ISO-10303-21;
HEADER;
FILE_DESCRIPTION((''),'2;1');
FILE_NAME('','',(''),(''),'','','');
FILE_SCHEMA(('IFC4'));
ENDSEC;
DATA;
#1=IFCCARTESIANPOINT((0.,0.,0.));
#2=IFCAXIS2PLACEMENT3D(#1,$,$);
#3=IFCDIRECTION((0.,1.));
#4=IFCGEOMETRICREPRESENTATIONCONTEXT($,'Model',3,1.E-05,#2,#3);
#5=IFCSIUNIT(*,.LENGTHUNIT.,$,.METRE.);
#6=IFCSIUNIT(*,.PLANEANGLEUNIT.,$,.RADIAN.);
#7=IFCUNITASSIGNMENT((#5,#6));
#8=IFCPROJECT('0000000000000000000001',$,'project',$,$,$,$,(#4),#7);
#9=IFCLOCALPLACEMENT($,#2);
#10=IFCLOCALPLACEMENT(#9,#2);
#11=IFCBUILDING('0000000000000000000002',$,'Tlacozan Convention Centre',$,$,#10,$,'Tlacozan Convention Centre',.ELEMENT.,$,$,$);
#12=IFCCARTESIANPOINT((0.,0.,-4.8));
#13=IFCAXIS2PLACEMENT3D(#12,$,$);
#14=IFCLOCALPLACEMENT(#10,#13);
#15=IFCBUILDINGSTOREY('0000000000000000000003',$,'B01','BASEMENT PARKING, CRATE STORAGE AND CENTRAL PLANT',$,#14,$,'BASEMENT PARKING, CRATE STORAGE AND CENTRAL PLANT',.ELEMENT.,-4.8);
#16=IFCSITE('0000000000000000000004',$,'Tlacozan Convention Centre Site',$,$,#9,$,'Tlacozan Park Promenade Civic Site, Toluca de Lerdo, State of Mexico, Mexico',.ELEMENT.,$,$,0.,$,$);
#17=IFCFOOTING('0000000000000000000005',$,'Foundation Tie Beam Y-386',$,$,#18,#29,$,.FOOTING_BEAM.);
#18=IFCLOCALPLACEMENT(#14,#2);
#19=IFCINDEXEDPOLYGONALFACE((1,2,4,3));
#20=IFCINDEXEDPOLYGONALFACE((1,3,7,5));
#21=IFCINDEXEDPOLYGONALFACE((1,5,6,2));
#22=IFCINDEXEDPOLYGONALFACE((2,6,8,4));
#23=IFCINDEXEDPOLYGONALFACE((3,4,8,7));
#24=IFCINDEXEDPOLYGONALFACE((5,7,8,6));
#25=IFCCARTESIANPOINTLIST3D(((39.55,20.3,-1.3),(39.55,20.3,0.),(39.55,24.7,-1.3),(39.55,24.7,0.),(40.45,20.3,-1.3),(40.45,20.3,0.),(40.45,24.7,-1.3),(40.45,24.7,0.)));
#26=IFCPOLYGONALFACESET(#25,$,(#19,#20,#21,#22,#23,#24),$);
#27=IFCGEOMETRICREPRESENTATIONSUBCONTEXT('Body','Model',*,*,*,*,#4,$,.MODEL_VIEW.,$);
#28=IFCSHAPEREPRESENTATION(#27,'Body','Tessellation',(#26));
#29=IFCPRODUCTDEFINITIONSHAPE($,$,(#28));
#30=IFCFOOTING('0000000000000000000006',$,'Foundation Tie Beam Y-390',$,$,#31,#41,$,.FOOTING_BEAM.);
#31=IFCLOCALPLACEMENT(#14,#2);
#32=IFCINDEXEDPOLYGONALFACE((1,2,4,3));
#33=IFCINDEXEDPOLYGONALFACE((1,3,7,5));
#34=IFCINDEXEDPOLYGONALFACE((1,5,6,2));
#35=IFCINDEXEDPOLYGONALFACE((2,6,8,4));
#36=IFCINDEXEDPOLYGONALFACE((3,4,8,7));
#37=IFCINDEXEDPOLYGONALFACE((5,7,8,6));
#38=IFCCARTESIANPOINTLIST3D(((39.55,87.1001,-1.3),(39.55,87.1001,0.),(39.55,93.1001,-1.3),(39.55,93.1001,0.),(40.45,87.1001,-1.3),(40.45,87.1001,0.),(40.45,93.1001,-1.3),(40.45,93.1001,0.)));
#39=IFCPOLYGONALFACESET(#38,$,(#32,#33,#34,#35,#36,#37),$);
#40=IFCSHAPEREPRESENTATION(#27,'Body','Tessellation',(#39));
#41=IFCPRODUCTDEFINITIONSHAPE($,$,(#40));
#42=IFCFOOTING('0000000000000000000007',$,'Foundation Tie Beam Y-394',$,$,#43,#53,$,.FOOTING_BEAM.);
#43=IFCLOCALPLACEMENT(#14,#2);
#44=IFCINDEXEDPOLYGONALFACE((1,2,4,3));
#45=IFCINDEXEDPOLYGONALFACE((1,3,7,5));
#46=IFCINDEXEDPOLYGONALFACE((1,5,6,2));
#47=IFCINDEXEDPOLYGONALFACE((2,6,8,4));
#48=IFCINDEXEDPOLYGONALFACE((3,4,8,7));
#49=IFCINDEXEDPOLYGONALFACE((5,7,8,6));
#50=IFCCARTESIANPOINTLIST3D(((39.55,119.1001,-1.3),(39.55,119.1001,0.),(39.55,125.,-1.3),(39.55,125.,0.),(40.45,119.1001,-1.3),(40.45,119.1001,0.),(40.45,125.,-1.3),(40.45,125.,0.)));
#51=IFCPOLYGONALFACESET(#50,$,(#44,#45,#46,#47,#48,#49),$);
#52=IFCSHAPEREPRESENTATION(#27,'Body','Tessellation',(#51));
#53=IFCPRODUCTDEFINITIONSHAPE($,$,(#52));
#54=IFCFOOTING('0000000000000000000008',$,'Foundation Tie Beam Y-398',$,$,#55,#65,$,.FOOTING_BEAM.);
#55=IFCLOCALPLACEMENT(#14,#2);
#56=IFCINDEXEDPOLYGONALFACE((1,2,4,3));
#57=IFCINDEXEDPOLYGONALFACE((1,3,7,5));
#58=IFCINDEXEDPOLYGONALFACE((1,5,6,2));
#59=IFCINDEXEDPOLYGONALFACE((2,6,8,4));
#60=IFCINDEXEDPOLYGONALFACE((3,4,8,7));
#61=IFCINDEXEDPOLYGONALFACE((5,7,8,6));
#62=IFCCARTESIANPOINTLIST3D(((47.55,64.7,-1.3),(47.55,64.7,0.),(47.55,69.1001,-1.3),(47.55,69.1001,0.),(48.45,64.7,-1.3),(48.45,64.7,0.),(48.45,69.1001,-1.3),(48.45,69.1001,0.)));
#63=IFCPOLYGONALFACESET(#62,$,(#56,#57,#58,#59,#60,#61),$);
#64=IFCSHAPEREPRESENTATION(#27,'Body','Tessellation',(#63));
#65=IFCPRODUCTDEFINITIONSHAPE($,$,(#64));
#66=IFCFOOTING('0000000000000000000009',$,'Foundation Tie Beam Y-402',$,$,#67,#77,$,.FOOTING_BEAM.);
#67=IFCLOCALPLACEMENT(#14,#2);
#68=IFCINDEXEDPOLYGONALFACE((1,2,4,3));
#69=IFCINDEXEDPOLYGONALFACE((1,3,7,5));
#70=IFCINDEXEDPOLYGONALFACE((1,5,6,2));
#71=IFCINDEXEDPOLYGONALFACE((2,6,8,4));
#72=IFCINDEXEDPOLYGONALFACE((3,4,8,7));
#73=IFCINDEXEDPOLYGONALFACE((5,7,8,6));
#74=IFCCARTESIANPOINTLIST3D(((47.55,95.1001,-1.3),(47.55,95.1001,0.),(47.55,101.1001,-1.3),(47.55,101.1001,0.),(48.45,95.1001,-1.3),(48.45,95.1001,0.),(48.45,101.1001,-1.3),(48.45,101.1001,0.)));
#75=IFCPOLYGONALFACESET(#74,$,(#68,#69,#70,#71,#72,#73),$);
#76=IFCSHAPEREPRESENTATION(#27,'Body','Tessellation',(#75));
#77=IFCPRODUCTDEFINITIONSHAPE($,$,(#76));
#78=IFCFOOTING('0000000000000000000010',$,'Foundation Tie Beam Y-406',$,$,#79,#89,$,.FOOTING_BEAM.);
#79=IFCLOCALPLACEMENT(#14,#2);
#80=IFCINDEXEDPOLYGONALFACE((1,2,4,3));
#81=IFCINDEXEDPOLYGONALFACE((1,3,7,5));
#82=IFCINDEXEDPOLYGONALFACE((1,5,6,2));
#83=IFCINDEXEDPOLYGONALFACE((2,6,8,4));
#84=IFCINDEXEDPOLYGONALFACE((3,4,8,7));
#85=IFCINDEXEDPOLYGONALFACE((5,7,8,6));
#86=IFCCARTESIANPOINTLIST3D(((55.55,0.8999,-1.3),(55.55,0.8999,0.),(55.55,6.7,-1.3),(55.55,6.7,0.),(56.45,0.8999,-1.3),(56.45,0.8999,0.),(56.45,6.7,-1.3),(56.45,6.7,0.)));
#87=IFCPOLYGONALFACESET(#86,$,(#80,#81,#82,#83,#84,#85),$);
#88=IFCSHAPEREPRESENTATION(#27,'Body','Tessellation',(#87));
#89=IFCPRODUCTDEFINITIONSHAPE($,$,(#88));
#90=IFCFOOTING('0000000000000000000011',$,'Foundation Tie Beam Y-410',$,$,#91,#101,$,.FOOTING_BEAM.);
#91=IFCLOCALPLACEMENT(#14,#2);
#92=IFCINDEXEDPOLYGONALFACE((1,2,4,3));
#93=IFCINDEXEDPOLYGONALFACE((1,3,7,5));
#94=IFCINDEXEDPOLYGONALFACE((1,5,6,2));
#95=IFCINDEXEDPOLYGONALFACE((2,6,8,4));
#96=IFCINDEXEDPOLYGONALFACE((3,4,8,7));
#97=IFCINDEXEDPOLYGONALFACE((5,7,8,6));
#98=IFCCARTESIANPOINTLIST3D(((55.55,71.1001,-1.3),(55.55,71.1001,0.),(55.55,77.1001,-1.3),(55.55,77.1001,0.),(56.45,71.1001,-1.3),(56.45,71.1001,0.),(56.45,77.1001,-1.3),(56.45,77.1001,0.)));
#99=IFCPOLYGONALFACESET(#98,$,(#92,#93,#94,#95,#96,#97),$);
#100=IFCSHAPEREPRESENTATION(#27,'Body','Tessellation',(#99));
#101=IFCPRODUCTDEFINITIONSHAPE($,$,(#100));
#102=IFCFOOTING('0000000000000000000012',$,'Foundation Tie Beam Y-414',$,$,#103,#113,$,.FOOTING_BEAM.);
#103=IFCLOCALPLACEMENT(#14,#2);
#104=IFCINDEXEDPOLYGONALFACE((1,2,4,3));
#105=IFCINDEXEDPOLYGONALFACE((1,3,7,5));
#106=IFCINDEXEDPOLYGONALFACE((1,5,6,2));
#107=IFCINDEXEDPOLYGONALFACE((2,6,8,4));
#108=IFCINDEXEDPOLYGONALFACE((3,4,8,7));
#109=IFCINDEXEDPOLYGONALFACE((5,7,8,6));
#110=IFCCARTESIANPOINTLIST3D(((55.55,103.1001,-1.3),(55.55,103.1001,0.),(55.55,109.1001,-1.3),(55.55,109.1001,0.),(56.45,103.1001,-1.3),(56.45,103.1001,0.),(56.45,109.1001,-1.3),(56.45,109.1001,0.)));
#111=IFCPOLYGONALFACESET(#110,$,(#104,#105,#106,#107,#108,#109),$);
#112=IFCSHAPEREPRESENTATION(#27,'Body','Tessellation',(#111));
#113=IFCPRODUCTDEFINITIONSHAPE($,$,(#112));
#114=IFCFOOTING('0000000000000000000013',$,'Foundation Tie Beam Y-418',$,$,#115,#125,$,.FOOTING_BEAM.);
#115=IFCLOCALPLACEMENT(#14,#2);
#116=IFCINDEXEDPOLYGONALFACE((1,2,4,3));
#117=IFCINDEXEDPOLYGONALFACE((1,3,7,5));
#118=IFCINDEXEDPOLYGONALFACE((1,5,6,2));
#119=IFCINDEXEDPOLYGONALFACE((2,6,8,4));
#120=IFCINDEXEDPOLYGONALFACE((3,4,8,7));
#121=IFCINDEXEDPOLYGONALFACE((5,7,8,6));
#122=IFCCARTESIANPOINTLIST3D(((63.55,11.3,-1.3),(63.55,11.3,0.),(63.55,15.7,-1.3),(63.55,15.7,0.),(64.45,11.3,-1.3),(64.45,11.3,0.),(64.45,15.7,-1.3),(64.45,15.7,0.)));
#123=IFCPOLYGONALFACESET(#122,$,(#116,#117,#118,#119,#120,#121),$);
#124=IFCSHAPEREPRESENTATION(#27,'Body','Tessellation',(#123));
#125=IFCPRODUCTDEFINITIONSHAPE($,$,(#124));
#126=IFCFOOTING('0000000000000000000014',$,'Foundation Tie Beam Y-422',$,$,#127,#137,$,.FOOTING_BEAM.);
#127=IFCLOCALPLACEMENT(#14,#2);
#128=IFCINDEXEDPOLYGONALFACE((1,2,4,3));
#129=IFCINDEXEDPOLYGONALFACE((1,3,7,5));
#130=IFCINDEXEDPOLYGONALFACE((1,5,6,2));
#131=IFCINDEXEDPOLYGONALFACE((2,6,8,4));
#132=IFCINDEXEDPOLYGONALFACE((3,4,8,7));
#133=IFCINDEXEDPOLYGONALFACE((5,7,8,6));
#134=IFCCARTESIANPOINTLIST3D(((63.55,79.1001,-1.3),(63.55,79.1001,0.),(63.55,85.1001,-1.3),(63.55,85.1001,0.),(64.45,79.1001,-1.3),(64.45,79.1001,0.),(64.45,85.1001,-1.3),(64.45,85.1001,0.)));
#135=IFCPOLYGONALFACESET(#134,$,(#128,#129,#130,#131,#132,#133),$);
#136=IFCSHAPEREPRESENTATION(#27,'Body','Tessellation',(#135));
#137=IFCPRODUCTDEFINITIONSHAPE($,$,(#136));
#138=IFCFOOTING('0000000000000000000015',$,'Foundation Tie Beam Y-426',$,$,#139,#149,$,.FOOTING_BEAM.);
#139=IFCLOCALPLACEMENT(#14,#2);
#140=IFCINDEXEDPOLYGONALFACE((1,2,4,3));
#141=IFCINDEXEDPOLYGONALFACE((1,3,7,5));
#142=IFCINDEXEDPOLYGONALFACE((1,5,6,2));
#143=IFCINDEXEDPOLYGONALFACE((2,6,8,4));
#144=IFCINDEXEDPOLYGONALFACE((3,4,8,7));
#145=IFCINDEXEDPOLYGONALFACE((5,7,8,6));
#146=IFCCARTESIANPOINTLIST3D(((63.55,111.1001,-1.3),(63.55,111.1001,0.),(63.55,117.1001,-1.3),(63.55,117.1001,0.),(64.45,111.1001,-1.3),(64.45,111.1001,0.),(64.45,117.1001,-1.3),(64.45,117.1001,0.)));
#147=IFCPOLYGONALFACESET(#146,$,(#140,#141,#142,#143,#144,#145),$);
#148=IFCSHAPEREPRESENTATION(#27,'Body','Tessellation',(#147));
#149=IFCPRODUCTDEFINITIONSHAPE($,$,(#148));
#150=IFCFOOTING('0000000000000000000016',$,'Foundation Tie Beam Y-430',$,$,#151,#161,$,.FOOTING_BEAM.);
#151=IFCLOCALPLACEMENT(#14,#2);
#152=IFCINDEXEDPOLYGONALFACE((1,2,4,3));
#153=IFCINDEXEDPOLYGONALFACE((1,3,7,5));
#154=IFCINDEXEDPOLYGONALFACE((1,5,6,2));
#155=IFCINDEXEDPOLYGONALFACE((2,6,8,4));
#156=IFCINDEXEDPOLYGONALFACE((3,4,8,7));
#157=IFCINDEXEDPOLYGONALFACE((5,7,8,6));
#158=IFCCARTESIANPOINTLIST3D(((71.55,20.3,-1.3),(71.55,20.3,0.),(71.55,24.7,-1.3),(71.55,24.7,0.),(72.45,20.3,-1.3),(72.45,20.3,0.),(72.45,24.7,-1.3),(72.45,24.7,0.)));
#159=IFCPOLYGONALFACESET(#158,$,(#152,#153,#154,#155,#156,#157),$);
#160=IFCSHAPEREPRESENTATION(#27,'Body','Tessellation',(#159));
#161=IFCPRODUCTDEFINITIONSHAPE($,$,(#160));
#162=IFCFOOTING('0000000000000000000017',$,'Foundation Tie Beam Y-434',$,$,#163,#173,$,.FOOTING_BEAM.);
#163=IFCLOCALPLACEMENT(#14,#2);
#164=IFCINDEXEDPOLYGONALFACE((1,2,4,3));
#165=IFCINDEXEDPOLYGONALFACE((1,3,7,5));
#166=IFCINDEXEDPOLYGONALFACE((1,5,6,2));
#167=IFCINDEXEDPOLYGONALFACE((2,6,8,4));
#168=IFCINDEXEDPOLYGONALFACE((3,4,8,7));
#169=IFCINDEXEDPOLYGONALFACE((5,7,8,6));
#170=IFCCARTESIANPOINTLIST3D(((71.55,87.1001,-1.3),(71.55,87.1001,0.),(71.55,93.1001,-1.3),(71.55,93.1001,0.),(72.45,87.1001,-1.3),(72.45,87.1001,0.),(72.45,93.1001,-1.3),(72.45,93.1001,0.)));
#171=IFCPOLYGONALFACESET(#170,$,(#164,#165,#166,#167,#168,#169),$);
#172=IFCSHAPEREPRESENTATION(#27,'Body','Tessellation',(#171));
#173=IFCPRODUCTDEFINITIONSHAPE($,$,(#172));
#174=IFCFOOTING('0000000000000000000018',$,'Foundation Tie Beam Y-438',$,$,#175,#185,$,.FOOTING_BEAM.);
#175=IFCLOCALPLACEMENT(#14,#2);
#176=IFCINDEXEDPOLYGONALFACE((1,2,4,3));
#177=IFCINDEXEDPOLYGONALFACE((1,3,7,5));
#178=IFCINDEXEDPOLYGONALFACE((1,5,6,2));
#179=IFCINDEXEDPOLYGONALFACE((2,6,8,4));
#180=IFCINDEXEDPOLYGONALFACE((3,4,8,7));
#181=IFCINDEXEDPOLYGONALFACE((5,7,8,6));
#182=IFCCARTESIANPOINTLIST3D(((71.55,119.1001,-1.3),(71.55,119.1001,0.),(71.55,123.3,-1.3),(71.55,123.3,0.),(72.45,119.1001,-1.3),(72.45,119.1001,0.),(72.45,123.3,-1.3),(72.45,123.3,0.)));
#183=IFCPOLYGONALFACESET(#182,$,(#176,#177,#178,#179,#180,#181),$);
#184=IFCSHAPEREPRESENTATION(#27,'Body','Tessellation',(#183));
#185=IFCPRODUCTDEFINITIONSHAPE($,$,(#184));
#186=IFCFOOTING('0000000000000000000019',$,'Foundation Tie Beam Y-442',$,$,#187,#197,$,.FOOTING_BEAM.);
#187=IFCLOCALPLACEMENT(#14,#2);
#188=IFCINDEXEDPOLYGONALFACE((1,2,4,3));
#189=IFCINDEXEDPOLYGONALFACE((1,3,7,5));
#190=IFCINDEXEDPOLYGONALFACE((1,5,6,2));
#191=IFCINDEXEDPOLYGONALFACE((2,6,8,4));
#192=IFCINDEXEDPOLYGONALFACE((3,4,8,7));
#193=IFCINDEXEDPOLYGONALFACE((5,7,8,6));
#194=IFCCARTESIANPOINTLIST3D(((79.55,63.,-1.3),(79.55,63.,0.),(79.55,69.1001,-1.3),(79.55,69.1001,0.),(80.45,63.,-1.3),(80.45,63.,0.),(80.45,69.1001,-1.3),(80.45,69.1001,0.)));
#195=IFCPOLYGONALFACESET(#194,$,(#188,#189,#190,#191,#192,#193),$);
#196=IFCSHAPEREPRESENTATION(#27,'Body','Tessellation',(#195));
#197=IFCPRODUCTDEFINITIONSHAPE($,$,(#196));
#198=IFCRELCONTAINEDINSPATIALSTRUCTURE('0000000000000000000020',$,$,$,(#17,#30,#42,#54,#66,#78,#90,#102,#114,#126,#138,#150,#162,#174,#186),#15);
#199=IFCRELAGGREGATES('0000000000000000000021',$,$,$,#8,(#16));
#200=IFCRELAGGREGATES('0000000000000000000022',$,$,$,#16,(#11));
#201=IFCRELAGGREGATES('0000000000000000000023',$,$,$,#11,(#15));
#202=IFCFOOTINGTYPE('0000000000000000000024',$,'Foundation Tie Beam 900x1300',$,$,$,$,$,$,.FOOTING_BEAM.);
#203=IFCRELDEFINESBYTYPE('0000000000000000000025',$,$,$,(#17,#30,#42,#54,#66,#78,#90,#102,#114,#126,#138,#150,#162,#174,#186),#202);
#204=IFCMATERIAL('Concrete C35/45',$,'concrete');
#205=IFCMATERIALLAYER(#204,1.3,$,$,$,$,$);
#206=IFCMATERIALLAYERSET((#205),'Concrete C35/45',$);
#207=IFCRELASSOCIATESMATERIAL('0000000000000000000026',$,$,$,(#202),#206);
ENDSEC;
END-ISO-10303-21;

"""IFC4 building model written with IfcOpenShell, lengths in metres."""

from ifc_helpers import new_model, si_unit, direction, frame, origin, place, context, subcontext, project, spatial, polyline, outline, extrude, material, layer, layer_set, type_object, element, save


model = new_model("IFC4")

# Units and contexts
model_context = context("Model", 3, precision=1e-05, world=origin(), true_north=direction((0.0, 1.0)))
body_context = subcontext(model_context, "Body", "Model", "MODEL_VIEW")
ifc_project = project(units=[si_unit("LENGTHUNIT", "METRE"), si_unit("PLANEANGLEUNIT", "RADIAN")], contexts=[model_context])

# Site, building, storey
site_placement = place(None, origin())
site = spatial("IfcSite", under=ifc_project, at=site_placement, Name="Tlacozan Convention Centre Site", LongName="Tlacozan Park Promenade Civic Site, Toluca de Lerdo, State of Mexico, Mexico", CompositionType="ELEMENT", RefElevation=0.0)
building_placement = place(site_placement, origin())
building = spatial("IfcBuilding", under=site, at=building_placement, Name="Tlacozan Convention Centre", LongName="Tlacozan Convention Centre", CompositionType="ELEMENT")
storey_placement = place(building_placement, frame((0.0, 0.0, -4.8)))
storey = spatial("IfcBuildingStorey", under=building, at=storey_placement, Name="B01", Description="BASEMENT PARKING, CRATE STORAGE AND CENTRAL PLANT", LongName="BASEMENT PARKING, CRATE STORAGE AND CENTRAL PLANT", CompositionType="ELEMENT", Elevation=-4.8)

# Footings
ifc_material = material(Name="Concrete C35/45", Category="concrete")
ifc_layer = layer(ifc_material, 1.3)
ifc_layer_set = layer_set([ifc_layer], Name="Concrete C35/45")
footing_type = type_object("IfcFootingType", Name="Foundation Tie Beam 900x1300", PredefinedType="FOOTING_BEAM", material=ifc_layer_set)
footing_1_placement = place(storey_placement, frame((0.0, 0.0, -1.3)))
element("IfcFooting", 1, at=footing_1_placement, inside=storey, type_object=footing_type, Name="Foundation Tie Beam Y-386", PredefinedType="FOOTING_BEAM", context=body_context, shape_type="SweptSolid", body=[
    extrude(outline(polyline([(39.55, 20.3), (40.45, 20.3), (40.45, 24.7), (39.55, 24.7), (39.55, 20.3)])), origin(), (0.0, 0.0, 1.0), 1.3),
])
footing_2_placement = place(storey_placement, frame((0.0, 0.0, -1.3)))
element("IfcFooting", 2, at=footing_2_placement, inside=storey, type_object=footing_type, Name="Foundation Tie Beam Y-390", PredefinedType="FOOTING_BEAM", context=body_context, shape_type="SweptSolid", body=[
    extrude(outline(polyline([(39.55, 87.1001), (40.45, 87.1001), (40.45, 93.1001), (39.55, 93.1001), (39.55, 87.1001)])), origin(), (0.0, 0.0, 1.0), 1.3),
])
footing_3_placement = place(storey_placement, frame((0.0, 0.0, -1.3)))
element("IfcFooting", 3, at=footing_3_placement, inside=storey, type_object=footing_type, Name="Foundation Tie Beam Y-394", PredefinedType="FOOTING_BEAM", context=body_context, shape_type="SweptSolid", body=[
    extrude(outline(polyline([(39.55, 119.1001), (40.45, 119.1001), (40.45, 125.0), (39.55, 125.0), (39.55, 119.1001)])), origin(), (0.0, 0.0, 1.0), 1.3),
])
footing_4_placement = place(storey_placement, frame((0.0, 0.0, -1.3)))
element("IfcFooting", 4, at=footing_4_placement, inside=storey, type_object=footing_type, Name="Foundation Tie Beam Y-398", PredefinedType="FOOTING_BEAM", context=body_context, shape_type="SweptSolid", body=[
    extrude(outline(polyline([(47.55, 64.7), (48.45, 64.7), (48.45, 69.1001), (47.55, 69.1001), (47.55, 64.7)])), origin(), (0.0, 0.0, 1.0), 1.3),
])
footing_5_placement = place(storey_placement, frame((0.0, 0.0, -1.3)))
element("IfcFooting", 5, at=footing_5_placement, inside=storey, type_object=footing_type, Name="Foundation Tie Beam Y-402", PredefinedType="FOOTING_BEAM", context=body_context, shape_type="SweptSolid", body=[
    extrude(outline(polyline([(47.55, 95.1001), (48.45, 95.1001), (48.45, 101.1001), (47.55, 101.1001), (47.55, 95.1001)])), origin(), (0.0, 0.0, 1.0), 1.3),
])
footing_6_placement = place(storey_placement, frame((0.0, 0.0, -1.3)))
element("IfcFooting", 6, at=footing_6_placement, inside=storey, type_object=footing_type, Name="Foundation Tie Beam Y-406", PredefinedType="FOOTING_BEAM", context=body_context, shape_type="SweptSolid", body=[
    extrude(outline(polyline([(55.55, 0.8999), (56.45, 0.8999), (56.45, 6.7), (55.55, 6.7), (55.55, 0.8999)])), origin(), (0.0, 0.0, 1.0), 1.3),
])
footing_7_placement = place(storey_placement, frame((0.0, 0.0, -1.3)))
element("IfcFooting", 7, at=footing_7_placement, inside=storey, type_object=footing_type, Name="Foundation Tie Beam Y-410", PredefinedType="FOOTING_BEAM", context=body_context, shape_type="SweptSolid", body=[
    extrude(outline(polyline([(55.55, 71.1001), (56.45, 71.1001), (56.45, 77.1001), (55.55, 77.1001), (55.55, 71.1001)])), origin(), (0.0, 0.0, 1.0), 1.3),
])
footing_8_placement = place(storey_placement, frame((0.0, 0.0, -1.3)))
element("IfcFooting", 8, at=footing_8_placement, inside=storey, type_object=footing_type, Name="Foundation Tie Beam Y-414", PredefinedType="FOOTING_BEAM", context=body_context, shape_type="SweptSolid", body=[
    extrude(outline(polyline([(55.55, 103.1001), (56.45, 103.1001), (56.45, 109.1001), (55.55, 109.1001), (55.55, 103.1001)])), origin(), (0.0, 0.0, 1.0), 1.3),
])
footing_9_placement = place(storey_placement, frame((0.0, 0.0, -1.3)))
element("IfcFooting", 9, at=footing_9_placement, inside=storey, type_object=footing_type, Name="Foundation Tie Beam Y-418", PredefinedType="FOOTING_BEAM", context=body_context, shape_type="SweptSolid", body=[
    extrude(outline(polyline([(63.55, 11.3), (64.45, 11.3), (64.45, 15.7), (63.55, 15.7), (63.55, 11.3)])), origin(), (0.0, 0.0, 1.0), 1.3),
])
footing_10_placement = place(storey_placement, frame((0.0, 0.0, -1.3)))
element("IfcFooting", 10, at=footing_10_placement, inside=storey, type_object=footing_type, Name="Foundation Tie Beam Y-422", PredefinedType="FOOTING_BEAM", context=body_context, shape_type="SweptSolid", body=[
    extrude(outline(polyline([(63.55, 79.1001), (64.45, 79.1001), (64.45, 85.1001), (63.55, 85.1001), (63.55, 79.1001)])), origin(), (0.0, 0.0, 1.0), 1.3),
])
footing_11_placement = place(storey_placement, frame((0.0, 0.0, -1.3)))
element("IfcFooting", 11, at=footing_11_placement, inside=storey, type_object=footing_type, Name="Foundation Tie Beam Y-426", PredefinedType="FOOTING_BEAM", context=body_context, shape_type="SweptSolid", body=[
    extrude(outline(polyline([(63.55, 111.1001), (64.45, 111.1001), (64.45, 117.1001), (63.55, 117.1001), (63.55, 111.1001)])), origin(), (0.0, 0.0, 1.0), 1.3),
])
footing_12_placement = place(storey_placement, frame((0.0, 0.0, -1.3)))
element("IfcFooting", 12, at=footing_12_placement, inside=storey, type_object=footing_type, Name="Foundation Tie Beam Y-430", PredefinedType="FOOTING_BEAM", context=body_context, shape_type="SweptSolid", body=[
    extrude(outline(polyline([(71.55, 20.3), (72.45, 20.3), (72.45, 24.7), (71.55, 24.7), (71.55, 20.3)])), origin(), (0.0, 0.0, 1.0), 1.3),
])
footing_13_placement = place(storey_placement, frame((0.0, 0.0, -1.3)))
element("IfcFooting", 13, at=footing_13_placement, inside=storey, type_object=footing_type, Name="Foundation Tie Beam Y-434", PredefinedType="FOOTING_BEAM", context=body_context, shape_type="SweptSolid", body=[
    extrude(outline(polyline([(71.55, 87.1001), (72.45, 87.1001), (72.45, 93.1001), (71.55, 93.1001), (71.55, 87.1001)])), origin(), (0.0, 0.0, 1.0), 1.3),
])
footing_14_placement = place(storey_placement, frame((0.0, 0.0, -1.3)))
element("IfcFooting", 14, at=footing_14_placement, inside=storey, type_object=footing_type, Name="Foundation Tie Beam Y-438", PredefinedType="FOOTING_BEAM", context=body_context, shape_type="SweptSolid", body=[
    extrude(outline(polyline([(71.55, 119.1001), (72.45, 119.1001), (72.45, 123.3), (71.55, 123.3), (71.55, 119.1001)])), origin(), (0.0, 0.0, 1.0), 1.3),
])
footing_15_placement = place(storey_placement, frame((0.0, 0.0, -1.3)))
element("IfcFooting", 15, at=footing_15_placement, inside=storey, type_object=footing_type, Name="Foundation Tie Beam Y-442", PredefinedType="FOOTING_BEAM", context=body_context, shape_type="SweptSolid", body=[
    extrude(outline(polyline([(79.55, 63.0), (80.45, 63.0), (80.45, 69.1001), (79.55, 69.1001), (79.55, 63.0)])), origin(), (0.0, 0.0, 1.0), 1.3),
])

save(model, "model.ifc")
